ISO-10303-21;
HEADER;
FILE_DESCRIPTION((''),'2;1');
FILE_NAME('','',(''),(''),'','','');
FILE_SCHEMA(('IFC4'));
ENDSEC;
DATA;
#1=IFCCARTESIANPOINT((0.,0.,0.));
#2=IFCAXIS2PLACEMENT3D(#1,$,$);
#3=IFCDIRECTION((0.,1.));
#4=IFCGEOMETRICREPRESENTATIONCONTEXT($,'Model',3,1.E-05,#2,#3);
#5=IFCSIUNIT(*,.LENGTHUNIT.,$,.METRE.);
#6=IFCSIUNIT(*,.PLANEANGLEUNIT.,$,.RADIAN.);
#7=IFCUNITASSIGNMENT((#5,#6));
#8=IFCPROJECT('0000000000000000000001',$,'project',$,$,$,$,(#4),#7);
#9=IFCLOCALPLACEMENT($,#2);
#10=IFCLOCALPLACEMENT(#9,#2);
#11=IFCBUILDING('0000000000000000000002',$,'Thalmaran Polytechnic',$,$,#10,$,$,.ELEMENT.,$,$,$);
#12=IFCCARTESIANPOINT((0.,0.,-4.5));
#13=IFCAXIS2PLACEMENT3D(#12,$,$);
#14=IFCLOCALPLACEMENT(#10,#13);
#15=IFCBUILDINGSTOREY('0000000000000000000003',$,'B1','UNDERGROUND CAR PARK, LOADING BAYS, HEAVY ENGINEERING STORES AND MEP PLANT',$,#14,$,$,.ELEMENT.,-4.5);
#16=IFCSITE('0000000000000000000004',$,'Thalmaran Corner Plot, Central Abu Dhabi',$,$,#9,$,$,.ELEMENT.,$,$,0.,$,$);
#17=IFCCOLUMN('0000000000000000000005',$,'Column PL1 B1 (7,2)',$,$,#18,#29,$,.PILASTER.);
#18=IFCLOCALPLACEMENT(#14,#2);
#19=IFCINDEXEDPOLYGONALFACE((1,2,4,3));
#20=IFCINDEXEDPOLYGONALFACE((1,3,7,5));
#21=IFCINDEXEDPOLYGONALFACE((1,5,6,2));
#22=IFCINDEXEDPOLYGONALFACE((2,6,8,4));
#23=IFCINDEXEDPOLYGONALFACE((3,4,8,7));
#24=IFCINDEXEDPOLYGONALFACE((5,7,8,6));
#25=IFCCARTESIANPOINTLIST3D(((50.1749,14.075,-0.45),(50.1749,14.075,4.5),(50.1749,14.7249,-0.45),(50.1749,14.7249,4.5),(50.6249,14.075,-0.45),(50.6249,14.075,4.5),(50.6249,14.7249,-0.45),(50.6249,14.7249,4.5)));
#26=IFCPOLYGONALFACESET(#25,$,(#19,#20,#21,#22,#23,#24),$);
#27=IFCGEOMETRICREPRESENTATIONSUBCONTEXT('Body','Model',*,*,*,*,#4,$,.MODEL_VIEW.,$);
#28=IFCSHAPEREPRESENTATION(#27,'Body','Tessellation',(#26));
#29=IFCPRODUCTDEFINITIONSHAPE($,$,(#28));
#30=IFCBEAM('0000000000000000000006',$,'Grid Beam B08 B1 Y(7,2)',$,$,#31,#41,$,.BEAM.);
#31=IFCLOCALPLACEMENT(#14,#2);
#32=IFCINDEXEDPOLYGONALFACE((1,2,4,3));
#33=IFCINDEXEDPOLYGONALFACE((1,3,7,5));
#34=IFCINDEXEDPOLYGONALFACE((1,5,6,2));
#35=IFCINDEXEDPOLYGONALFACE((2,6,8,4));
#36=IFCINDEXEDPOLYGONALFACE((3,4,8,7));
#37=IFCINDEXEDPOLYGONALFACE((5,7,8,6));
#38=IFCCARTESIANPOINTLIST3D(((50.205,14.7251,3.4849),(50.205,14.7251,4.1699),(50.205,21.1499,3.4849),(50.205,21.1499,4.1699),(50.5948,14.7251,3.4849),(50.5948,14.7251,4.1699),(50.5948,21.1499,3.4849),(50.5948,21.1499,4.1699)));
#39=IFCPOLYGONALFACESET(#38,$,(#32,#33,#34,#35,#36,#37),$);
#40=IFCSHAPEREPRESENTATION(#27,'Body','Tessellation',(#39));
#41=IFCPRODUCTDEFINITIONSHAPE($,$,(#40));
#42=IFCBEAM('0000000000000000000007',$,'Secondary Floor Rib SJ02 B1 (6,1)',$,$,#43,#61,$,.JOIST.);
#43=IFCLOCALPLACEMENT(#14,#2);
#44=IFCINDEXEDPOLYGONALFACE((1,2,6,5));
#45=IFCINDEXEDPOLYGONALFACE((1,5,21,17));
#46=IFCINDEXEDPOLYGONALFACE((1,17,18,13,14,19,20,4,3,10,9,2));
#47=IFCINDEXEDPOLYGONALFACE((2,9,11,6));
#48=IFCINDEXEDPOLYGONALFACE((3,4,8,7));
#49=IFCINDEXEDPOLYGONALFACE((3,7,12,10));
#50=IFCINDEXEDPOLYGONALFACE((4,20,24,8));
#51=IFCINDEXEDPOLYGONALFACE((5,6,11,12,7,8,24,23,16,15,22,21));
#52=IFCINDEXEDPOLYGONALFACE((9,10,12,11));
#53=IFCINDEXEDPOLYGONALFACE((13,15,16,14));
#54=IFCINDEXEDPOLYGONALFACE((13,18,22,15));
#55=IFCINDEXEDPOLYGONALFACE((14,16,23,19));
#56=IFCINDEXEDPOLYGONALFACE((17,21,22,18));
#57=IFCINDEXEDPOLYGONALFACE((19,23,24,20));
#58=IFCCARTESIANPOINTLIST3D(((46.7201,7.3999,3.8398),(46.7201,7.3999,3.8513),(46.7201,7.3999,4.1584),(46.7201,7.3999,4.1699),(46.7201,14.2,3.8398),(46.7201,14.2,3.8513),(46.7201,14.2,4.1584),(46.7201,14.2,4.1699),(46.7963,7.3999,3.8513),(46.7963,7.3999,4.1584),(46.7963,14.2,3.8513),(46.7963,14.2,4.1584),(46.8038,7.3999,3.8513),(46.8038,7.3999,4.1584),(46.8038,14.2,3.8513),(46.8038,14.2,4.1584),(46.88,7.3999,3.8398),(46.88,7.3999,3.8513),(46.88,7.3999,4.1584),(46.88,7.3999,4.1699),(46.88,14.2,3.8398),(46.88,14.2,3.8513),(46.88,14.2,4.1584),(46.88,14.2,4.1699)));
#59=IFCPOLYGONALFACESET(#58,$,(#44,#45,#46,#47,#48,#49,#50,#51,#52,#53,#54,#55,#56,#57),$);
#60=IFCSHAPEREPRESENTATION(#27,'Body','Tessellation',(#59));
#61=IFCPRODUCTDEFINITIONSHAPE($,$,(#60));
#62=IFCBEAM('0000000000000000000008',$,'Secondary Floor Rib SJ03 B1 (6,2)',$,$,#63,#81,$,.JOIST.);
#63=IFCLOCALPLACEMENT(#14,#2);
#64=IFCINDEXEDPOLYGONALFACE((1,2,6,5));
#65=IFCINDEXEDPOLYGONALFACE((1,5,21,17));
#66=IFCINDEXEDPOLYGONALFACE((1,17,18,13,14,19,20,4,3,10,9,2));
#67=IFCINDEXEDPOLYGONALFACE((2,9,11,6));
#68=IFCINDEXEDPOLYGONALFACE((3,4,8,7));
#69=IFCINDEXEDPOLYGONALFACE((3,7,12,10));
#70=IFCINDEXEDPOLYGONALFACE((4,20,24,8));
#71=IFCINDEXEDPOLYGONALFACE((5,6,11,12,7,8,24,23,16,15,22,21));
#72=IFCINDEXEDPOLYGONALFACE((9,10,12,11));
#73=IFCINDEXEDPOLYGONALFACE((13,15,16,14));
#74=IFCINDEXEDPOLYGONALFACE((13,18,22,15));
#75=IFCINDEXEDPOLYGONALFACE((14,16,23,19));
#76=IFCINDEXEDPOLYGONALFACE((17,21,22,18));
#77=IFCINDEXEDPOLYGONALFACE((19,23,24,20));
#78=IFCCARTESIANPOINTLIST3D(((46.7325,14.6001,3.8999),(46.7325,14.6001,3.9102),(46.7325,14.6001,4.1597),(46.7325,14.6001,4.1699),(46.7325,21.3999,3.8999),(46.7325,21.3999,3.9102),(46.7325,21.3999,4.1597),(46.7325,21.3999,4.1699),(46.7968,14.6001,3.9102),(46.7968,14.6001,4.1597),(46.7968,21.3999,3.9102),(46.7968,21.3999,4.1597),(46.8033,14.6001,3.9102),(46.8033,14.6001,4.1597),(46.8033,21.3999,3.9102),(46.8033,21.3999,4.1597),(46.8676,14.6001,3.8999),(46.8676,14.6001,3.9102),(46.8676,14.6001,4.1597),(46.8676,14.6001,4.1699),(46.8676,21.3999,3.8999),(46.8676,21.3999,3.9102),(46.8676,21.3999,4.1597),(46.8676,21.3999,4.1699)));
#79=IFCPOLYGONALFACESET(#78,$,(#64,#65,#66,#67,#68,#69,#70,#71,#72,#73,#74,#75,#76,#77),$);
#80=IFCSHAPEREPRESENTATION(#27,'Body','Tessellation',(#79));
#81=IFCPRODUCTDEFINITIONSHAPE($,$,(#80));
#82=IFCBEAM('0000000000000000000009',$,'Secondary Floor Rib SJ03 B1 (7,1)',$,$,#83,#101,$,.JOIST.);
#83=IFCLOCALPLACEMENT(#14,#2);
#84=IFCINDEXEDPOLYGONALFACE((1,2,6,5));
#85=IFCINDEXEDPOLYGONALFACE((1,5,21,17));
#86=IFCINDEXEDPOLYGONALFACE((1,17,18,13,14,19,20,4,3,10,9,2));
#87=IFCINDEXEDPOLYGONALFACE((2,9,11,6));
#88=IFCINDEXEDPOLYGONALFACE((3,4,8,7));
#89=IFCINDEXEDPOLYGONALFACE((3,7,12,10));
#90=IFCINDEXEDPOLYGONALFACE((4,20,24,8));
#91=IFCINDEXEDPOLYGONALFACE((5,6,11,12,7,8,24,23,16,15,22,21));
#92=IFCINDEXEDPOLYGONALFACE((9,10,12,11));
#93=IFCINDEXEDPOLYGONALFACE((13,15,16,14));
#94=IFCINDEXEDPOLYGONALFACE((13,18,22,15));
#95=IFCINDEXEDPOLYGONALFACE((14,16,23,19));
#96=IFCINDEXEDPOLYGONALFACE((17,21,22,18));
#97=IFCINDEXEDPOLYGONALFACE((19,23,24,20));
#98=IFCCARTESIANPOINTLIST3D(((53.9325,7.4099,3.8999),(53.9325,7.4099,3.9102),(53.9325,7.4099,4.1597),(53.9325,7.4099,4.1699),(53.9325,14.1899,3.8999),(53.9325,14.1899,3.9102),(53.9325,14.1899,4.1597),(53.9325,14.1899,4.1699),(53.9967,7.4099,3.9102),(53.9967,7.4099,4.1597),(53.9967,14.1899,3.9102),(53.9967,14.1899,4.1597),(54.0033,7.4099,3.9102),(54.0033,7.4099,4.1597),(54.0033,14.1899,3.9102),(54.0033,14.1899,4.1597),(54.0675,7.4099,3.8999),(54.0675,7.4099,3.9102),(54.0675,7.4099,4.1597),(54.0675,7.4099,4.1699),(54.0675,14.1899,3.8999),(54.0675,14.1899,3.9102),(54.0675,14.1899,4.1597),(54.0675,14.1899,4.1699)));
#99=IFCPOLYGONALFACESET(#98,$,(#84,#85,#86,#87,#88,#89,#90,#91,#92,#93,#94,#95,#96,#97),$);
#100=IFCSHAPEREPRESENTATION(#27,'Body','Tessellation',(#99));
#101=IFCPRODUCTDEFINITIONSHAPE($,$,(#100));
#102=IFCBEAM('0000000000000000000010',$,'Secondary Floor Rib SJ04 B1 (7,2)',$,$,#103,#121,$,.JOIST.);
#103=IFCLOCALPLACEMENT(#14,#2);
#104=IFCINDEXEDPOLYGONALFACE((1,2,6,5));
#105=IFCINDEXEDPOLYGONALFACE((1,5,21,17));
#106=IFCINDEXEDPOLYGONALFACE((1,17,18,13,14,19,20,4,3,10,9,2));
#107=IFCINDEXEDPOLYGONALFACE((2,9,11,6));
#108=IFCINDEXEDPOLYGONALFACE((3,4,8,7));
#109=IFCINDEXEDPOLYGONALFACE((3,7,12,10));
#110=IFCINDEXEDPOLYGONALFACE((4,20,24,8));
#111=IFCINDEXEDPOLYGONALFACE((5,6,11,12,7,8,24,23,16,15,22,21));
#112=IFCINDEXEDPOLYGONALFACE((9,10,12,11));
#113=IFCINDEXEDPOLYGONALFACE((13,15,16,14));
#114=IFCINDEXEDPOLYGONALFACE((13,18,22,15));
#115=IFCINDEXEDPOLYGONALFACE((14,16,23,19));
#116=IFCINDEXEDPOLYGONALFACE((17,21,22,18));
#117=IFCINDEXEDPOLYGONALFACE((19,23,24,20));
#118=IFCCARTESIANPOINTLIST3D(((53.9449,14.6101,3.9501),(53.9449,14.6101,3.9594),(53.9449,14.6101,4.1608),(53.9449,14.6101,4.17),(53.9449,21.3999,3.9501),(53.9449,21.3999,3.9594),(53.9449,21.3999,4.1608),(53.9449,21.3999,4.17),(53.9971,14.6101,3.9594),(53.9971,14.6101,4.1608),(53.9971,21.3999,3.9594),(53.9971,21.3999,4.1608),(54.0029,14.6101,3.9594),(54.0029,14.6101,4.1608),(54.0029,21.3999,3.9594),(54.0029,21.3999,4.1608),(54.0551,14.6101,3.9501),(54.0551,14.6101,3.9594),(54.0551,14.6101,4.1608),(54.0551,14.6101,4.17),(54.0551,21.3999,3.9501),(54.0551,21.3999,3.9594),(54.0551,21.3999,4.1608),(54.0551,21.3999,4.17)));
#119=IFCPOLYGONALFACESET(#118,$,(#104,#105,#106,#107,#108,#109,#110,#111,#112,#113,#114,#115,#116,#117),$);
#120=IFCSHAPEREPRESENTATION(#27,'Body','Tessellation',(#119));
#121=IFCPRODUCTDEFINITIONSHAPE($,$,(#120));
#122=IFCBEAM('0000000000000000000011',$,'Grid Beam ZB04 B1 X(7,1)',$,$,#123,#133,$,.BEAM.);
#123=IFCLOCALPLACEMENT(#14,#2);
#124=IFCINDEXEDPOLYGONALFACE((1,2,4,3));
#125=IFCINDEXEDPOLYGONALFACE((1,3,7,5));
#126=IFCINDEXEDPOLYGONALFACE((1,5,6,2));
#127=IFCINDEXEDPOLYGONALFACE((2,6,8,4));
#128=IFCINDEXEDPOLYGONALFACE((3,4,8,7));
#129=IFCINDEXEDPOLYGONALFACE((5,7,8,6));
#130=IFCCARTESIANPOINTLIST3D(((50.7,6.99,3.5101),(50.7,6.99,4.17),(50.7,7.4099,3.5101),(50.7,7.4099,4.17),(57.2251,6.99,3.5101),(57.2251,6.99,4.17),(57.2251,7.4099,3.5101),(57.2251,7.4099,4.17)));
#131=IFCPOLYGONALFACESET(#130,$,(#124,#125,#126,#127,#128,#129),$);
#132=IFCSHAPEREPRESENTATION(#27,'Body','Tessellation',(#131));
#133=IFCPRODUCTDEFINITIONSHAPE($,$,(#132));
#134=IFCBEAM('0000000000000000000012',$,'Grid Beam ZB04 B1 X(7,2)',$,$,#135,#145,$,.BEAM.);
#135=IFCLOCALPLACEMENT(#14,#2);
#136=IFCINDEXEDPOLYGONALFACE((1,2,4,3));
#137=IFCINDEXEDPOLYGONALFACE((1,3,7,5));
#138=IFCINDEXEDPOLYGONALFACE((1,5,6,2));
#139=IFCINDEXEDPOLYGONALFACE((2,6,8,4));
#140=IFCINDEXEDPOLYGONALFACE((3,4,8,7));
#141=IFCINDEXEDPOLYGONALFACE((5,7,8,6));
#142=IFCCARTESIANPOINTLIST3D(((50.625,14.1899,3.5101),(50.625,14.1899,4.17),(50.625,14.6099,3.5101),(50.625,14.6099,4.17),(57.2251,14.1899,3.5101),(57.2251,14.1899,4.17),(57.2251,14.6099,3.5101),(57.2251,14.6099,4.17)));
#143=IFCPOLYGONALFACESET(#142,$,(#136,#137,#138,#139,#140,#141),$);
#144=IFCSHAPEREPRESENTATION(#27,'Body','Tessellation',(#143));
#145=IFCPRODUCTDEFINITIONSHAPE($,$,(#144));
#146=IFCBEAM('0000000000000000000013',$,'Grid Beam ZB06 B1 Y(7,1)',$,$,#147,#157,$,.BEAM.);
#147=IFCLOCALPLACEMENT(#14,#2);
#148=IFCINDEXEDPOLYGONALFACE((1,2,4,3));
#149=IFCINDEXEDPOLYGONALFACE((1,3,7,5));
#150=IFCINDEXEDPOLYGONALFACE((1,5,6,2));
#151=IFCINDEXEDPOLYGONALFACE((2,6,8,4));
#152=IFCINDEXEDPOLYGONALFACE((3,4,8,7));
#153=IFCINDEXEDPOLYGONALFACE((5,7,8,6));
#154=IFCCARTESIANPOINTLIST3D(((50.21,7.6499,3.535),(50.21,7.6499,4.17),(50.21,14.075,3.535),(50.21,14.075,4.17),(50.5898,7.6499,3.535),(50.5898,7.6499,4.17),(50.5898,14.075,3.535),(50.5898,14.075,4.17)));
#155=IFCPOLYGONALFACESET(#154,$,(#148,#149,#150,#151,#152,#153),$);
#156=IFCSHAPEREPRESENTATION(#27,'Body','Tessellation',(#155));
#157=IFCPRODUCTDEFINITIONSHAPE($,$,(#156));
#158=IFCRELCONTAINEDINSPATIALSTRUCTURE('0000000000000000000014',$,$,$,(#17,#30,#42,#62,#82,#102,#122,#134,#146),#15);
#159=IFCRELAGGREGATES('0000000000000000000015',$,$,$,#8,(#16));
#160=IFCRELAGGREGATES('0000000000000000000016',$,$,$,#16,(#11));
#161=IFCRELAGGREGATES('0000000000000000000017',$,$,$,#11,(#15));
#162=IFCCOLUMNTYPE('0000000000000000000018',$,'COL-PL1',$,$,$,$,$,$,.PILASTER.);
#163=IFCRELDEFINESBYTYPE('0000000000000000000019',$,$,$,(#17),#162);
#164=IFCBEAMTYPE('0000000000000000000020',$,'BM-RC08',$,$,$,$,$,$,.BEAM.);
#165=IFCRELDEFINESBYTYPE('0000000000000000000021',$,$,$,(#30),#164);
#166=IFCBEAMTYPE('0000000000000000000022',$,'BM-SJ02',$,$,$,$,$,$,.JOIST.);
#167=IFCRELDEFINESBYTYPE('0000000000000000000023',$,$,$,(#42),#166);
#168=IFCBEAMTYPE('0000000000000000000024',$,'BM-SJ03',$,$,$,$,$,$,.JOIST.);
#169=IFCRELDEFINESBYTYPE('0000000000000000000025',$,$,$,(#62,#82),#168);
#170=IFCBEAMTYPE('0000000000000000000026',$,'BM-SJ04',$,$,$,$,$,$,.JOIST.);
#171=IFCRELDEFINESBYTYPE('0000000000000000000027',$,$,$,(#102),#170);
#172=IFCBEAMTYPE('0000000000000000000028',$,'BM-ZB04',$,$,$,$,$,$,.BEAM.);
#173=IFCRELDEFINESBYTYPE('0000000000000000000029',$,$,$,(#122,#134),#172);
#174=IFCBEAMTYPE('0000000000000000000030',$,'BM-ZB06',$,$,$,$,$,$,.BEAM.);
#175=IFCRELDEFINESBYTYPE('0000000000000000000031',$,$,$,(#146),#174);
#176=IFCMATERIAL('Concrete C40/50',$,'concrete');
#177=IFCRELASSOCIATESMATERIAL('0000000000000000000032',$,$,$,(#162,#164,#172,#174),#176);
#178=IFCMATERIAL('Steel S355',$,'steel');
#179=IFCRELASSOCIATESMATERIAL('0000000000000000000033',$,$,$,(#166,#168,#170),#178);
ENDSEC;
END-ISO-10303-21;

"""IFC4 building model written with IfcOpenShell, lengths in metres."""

from ifc_helpers import new_model, si_unit, direction, frame, origin, origin_2d, place, context, subcontext, project, spatial, rectangle, i_section, extrude, material, material_profile, profile_set, type_object, element, save


model = new_model("IFC4")

# Units and contexts
model_context = context("Model", 3, precision=1e-05, world=origin(), true_north=direction((0.0, 1.0)))
body_context = subcontext(model_context, "Body", "Model", "MODEL_VIEW")
ifc_project = project(units=[si_unit("LENGTHUNIT", "METRE"), si_unit("PLANEANGLEUNIT", "RADIAN")], contexts=[model_context])

# Site, building, storey
site_placement = place(None, origin())
site = spatial("IfcSite", under=ifc_project, at=site_placement, Name="Thalmaran Corner Plot, Central Abu Dhabi", CompositionType="ELEMENT", RefElevation=0.0)
building_placement = place(site_placement, origin())
building = spatial("IfcBuilding", under=site, at=building_placement, Name="Thalmaran Polytechnic", CompositionType="ELEMENT")
storey_placement = place(building_placement, frame((0.0, 0.0, -4.5)))
storey = spatial("IfcBuildingStorey", under=building, at=storey_placement, Name="B1", Description="UNDERGROUND CAR PARK, LOADING BAYS, HEAVY ENGINEERING STORES AND MEP PLANT", CompositionType="ELEMENT", Elevation=-4.5)

# Shared definitions
ifc_material_1 = material(Name="Concrete C40/50", Category="concrete")

# Column
ifc_material_profile_1 = material_profile(ifc_material_1, rectangle(XDim=0.45, YDim=0.6499, at=origin_2d()), Name="RC 450x650")
ifc_profile_set_1 = profile_set([ifc_material_profile_1], Name="Concrete C40/50")
column_type = type_object("IfcColumnType", Name="COL-PL1", PredefinedType="PILASTER", material=ifc_profile_set_1)
column_placement = place(storey_placement, frame((50.3999, 14.3999, -0.45), z_axis=(0.0, 0.0, 1.0), x_axis=(1.0, 0.0, 0.0)))
element("IfcColumn", 1, at=column_placement, inside=storey, type_object=column_type, Name="Column PL1 B1 (7,2)", PredefinedType="PILASTER", context=body_context, shape_type="SweptSolid", body=[
    extrude(rectangle(XDim=0.45, YDim=0.6499, at=origin_2d()), origin(), (0.0, 0.0, 1.0), 4.95),
])

# Beams
ifc_material_profile_2 = material_profile(ifc_material_1, rectangle(XDim=0.3899, YDim=0.6851, at=origin_2d()), Name="RC 390x685")
ifc_profile_set_2 = profile_set([ifc_material_profile_2], Name="Concrete C40/50")
beam_type_1 = type_object("IfcBeamType", Name="BM-RC08", PredefinedType="BEAM", material=ifc_profile_set_2)
beam_1_placement = place(storey_placement, frame((50.3999, 14.7251, 3.8274), z_axis=(0.0, 1.0, 0.0), x_axis=(-1.0, 0.0, 0.0)))
element("IfcBeam", 2, at=beam_1_placement, inside=storey, type_object=beam_type_1, Name="Grid Beam B08 B1 Y(7,2)", PredefinedType="BEAM", context=body_context, shape_type="SweptSolid", body=[
    extrude(rectangle(XDim=0.3899, YDim=0.6851, at=origin_2d()), origin(), (0.0, 0.0, 1.0), 6.4248),
])
ifc_material_2 = material(Name="Steel S355", Category="steel")
ifc_material_profile_3 = material_profile(ifc_material_2, i_section(OverallWidth=0.1599, OverallDepth=0.3301, WebThickness=0.0076, FlangeThickness=0.0115, at=origin_2d()), Name="IPE 330")
ifc_profile_set_3 = profile_set([ifc_material_profile_3], Name="Steel S355")
beam_type_2 = type_object("IfcBeamType", Name="BM-SJ02", PredefinedType="JOIST", material=ifc_profile_set_3)
beam_2_placement = place(storey_placement, frame((46.8, 7.3999, 4.0049), z_axis=(0.0, 1.0, 0.0), x_axis=(-1.0, 0.0, 0.0)))
element("IfcBeam", 3, at=beam_2_placement, inside=storey, type_object=beam_type_2, Name="Secondary Floor Rib SJ02 B1 (6,1)", PredefinedType="JOIST", context=body_context, shape_type="SweptSolid", body=[
    extrude(i_section(OverallWidth=0.1599, OverallDepth=0.3301, WebThickness=0.0076, FlangeThickness=0.0115, at=origin_2d()), origin(), (0.0, 0.0, 1.0), 6.8),
])
ifc_material_profile_4 = material_profile(ifc_material_2, i_section(OverallWidth=0.135, OverallDepth=0.27, WebThickness=0.0066, FlangeThickness=0.0103, at=origin_2d()), Name="IPE 270")
ifc_profile_set_4 = profile_set([ifc_material_profile_4], Name="Steel S355")
beam_type_3 = type_object("IfcBeamType", Name="BM-SJ03", PredefinedType="JOIST", material=ifc_profile_set_4)
beam_3_placement = place(storey_placement, frame((46.8, 14.6001, 4.0349), z_axis=(0.0, 1.0, 0.0), x_axis=(-1.0, 0.0, 0.0)))
element("IfcBeam", 4, at=beam_3_placement, inside=storey, type_object=beam_type_3, Name="Secondary Floor Rib SJ03 B1 (6,2)", PredefinedType="JOIST", context=body_context, shape_type="SweptSolid", body=[
    extrude(i_section(OverallWidth=0.135, OverallDepth=0.27, WebThickness=0.0066, FlangeThickness=0.0103, at=origin_2d()), origin(), (0.0, 0.0, 1.0), 6.7998),
])
beam_4_placement = place(storey_placement, frame((54.0, 7.4099, 4.0349), z_axis=(0.0, 1.0, 0.0), x_axis=(-1.0, 0.0, 0.0)))
element("IfcBeam", 5, at=beam_4_placement, inside=storey, type_object=beam_type_3, Name="Secondary Floor Rib SJ03 B1 (7,1)", PredefinedType="JOIST", context=body_context, shape_type="SweptSolid", body=[
    extrude(i_section(OverallWidth=0.135, OverallDepth=0.27, WebThickness=0.0066, FlangeThickness=0.0103, at=origin_2d()), origin(), (0.0, 0.0, 1.0), 6.78),
])
ifc_material_profile_5 = material_profile(ifc_material_2, i_section(OverallWidth=0.1101, OverallDepth=0.22, WebThickness=0.0059, FlangeThickness=0.0093, at=origin_2d()), Name="IPE 220")
ifc_profile_set_5 = profile_set([ifc_material_profile_5], Name="Steel S355")
beam_type_4 = type_object("IfcBeamType", Name="BM-SJ04", PredefinedType="JOIST", material=ifc_profile_set_5)
beam_5_placement = place(storey_placement, frame((54.0, 14.6101, 4.0601), z_axis=(0.0, 1.0, 0.0), x_axis=(-1.0, 0.0, 0.0)))
element("IfcBeam", 6, at=beam_5_placement, inside=storey, type_object=beam_type_4, Name="Secondary Floor Rib SJ04 B1 (7,2)", PredefinedType="JOIST", context=body_context, shape_type="SweptSolid", body=[
    extrude(i_section(OverallWidth=0.1101, OverallDepth=0.22, WebThickness=0.0059, FlangeThickness=0.0093, at=origin_2d()), origin(), (0.0, 0.0, 1.0), 6.7898),
])
ifc_material_profile_6 = material_profile(ifc_material_1, rectangle(XDim=0.4199, YDim=0.6599, at=origin_2d()), Name="RC 420x660")
ifc_profile_set_6 = profile_set([ifc_material_profile_6], Name="Concrete C40/50")
beam_type_5 = type_object("IfcBeamType", Name="BM-ZB04", PredefinedType="BEAM", material=ifc_profile_set_6)
beam_6_placement = place(storey_placement, frame((50.7, 7.2, 3.8401), z_axis=(1.0, 0.0, 0.0), x_axis=(0.0, 1.0, 0.0)))
element("IfcBeam", 7, at=beam_6_placement, inside=storey, type_object=beam_type_5, Name="Grid Beam ZB04 B1 X(7,1)", PredefinedType="BEAM", context=body_context, shape_type="SweptSolid", body=[
    extrude(rectangle(XDim=0.4199, YDim=0.6599, at=origin_2d()), origin(), (0.0, 0.0, 1.0), 6.5251),
])
beam_7_placement = place(storey_placement, frame((50.625, 14.3999, 3.8401), z_axis=(1.0, 0.0, 0.0), x_axis=(0.0, 1.0, 0.0)))
element("IfcBeam", 8, at=beam_7_placement, inside=storey, type_object=beam_type_5, Name="Grid Beam ZB04 B1 X(7,2)", PredefinedType="BEAM", context=body_context, shape_type="SweptSolid", body=[
    extrude(rectangle(XDim=0.4199, YDim=0.6599, at=origin_2d()), origin(), (0.0, 0.0, 1.0), 6.6001),
])
ifc_material_profile_7 = material_profile(ifc_material_1, rectangle(XDim=0.3799, YDim=0.635, at=origin_2d()), Name="RC 380x635")
ifc_profile_set_7 = profile_set([ifc_material_profile_7], Name="Concrete C40/50")
beam_type_6 = type_object("IfcBeamType", Name="BM-ZB06", PredefinedType="BEAM", material=ifc_profile_set_7)
beam_8_placement = place(storey_placement, frame((50.3999, 7.6499, 3.8525), z_axis=(0.0, 1.0, 0.0), x_axis=(-1.0, 0.0, 0.0)))
element("IfcBeam", 9, at=beam_8_placement, inside=storey, type_object=beam_type_6, Name="Grid Beam ZB06 B1 Y(7,1)", PredefinedType="BEAM", context=body_context, shape_type="SweptSolid", body=[
    extrude(rectangle(XDim=0.3799, YDim=0.635, at=origin_2d()), origin(), (0.0, 0.0, 1.0), 6.425),
])

save(model, "model.ifc")
